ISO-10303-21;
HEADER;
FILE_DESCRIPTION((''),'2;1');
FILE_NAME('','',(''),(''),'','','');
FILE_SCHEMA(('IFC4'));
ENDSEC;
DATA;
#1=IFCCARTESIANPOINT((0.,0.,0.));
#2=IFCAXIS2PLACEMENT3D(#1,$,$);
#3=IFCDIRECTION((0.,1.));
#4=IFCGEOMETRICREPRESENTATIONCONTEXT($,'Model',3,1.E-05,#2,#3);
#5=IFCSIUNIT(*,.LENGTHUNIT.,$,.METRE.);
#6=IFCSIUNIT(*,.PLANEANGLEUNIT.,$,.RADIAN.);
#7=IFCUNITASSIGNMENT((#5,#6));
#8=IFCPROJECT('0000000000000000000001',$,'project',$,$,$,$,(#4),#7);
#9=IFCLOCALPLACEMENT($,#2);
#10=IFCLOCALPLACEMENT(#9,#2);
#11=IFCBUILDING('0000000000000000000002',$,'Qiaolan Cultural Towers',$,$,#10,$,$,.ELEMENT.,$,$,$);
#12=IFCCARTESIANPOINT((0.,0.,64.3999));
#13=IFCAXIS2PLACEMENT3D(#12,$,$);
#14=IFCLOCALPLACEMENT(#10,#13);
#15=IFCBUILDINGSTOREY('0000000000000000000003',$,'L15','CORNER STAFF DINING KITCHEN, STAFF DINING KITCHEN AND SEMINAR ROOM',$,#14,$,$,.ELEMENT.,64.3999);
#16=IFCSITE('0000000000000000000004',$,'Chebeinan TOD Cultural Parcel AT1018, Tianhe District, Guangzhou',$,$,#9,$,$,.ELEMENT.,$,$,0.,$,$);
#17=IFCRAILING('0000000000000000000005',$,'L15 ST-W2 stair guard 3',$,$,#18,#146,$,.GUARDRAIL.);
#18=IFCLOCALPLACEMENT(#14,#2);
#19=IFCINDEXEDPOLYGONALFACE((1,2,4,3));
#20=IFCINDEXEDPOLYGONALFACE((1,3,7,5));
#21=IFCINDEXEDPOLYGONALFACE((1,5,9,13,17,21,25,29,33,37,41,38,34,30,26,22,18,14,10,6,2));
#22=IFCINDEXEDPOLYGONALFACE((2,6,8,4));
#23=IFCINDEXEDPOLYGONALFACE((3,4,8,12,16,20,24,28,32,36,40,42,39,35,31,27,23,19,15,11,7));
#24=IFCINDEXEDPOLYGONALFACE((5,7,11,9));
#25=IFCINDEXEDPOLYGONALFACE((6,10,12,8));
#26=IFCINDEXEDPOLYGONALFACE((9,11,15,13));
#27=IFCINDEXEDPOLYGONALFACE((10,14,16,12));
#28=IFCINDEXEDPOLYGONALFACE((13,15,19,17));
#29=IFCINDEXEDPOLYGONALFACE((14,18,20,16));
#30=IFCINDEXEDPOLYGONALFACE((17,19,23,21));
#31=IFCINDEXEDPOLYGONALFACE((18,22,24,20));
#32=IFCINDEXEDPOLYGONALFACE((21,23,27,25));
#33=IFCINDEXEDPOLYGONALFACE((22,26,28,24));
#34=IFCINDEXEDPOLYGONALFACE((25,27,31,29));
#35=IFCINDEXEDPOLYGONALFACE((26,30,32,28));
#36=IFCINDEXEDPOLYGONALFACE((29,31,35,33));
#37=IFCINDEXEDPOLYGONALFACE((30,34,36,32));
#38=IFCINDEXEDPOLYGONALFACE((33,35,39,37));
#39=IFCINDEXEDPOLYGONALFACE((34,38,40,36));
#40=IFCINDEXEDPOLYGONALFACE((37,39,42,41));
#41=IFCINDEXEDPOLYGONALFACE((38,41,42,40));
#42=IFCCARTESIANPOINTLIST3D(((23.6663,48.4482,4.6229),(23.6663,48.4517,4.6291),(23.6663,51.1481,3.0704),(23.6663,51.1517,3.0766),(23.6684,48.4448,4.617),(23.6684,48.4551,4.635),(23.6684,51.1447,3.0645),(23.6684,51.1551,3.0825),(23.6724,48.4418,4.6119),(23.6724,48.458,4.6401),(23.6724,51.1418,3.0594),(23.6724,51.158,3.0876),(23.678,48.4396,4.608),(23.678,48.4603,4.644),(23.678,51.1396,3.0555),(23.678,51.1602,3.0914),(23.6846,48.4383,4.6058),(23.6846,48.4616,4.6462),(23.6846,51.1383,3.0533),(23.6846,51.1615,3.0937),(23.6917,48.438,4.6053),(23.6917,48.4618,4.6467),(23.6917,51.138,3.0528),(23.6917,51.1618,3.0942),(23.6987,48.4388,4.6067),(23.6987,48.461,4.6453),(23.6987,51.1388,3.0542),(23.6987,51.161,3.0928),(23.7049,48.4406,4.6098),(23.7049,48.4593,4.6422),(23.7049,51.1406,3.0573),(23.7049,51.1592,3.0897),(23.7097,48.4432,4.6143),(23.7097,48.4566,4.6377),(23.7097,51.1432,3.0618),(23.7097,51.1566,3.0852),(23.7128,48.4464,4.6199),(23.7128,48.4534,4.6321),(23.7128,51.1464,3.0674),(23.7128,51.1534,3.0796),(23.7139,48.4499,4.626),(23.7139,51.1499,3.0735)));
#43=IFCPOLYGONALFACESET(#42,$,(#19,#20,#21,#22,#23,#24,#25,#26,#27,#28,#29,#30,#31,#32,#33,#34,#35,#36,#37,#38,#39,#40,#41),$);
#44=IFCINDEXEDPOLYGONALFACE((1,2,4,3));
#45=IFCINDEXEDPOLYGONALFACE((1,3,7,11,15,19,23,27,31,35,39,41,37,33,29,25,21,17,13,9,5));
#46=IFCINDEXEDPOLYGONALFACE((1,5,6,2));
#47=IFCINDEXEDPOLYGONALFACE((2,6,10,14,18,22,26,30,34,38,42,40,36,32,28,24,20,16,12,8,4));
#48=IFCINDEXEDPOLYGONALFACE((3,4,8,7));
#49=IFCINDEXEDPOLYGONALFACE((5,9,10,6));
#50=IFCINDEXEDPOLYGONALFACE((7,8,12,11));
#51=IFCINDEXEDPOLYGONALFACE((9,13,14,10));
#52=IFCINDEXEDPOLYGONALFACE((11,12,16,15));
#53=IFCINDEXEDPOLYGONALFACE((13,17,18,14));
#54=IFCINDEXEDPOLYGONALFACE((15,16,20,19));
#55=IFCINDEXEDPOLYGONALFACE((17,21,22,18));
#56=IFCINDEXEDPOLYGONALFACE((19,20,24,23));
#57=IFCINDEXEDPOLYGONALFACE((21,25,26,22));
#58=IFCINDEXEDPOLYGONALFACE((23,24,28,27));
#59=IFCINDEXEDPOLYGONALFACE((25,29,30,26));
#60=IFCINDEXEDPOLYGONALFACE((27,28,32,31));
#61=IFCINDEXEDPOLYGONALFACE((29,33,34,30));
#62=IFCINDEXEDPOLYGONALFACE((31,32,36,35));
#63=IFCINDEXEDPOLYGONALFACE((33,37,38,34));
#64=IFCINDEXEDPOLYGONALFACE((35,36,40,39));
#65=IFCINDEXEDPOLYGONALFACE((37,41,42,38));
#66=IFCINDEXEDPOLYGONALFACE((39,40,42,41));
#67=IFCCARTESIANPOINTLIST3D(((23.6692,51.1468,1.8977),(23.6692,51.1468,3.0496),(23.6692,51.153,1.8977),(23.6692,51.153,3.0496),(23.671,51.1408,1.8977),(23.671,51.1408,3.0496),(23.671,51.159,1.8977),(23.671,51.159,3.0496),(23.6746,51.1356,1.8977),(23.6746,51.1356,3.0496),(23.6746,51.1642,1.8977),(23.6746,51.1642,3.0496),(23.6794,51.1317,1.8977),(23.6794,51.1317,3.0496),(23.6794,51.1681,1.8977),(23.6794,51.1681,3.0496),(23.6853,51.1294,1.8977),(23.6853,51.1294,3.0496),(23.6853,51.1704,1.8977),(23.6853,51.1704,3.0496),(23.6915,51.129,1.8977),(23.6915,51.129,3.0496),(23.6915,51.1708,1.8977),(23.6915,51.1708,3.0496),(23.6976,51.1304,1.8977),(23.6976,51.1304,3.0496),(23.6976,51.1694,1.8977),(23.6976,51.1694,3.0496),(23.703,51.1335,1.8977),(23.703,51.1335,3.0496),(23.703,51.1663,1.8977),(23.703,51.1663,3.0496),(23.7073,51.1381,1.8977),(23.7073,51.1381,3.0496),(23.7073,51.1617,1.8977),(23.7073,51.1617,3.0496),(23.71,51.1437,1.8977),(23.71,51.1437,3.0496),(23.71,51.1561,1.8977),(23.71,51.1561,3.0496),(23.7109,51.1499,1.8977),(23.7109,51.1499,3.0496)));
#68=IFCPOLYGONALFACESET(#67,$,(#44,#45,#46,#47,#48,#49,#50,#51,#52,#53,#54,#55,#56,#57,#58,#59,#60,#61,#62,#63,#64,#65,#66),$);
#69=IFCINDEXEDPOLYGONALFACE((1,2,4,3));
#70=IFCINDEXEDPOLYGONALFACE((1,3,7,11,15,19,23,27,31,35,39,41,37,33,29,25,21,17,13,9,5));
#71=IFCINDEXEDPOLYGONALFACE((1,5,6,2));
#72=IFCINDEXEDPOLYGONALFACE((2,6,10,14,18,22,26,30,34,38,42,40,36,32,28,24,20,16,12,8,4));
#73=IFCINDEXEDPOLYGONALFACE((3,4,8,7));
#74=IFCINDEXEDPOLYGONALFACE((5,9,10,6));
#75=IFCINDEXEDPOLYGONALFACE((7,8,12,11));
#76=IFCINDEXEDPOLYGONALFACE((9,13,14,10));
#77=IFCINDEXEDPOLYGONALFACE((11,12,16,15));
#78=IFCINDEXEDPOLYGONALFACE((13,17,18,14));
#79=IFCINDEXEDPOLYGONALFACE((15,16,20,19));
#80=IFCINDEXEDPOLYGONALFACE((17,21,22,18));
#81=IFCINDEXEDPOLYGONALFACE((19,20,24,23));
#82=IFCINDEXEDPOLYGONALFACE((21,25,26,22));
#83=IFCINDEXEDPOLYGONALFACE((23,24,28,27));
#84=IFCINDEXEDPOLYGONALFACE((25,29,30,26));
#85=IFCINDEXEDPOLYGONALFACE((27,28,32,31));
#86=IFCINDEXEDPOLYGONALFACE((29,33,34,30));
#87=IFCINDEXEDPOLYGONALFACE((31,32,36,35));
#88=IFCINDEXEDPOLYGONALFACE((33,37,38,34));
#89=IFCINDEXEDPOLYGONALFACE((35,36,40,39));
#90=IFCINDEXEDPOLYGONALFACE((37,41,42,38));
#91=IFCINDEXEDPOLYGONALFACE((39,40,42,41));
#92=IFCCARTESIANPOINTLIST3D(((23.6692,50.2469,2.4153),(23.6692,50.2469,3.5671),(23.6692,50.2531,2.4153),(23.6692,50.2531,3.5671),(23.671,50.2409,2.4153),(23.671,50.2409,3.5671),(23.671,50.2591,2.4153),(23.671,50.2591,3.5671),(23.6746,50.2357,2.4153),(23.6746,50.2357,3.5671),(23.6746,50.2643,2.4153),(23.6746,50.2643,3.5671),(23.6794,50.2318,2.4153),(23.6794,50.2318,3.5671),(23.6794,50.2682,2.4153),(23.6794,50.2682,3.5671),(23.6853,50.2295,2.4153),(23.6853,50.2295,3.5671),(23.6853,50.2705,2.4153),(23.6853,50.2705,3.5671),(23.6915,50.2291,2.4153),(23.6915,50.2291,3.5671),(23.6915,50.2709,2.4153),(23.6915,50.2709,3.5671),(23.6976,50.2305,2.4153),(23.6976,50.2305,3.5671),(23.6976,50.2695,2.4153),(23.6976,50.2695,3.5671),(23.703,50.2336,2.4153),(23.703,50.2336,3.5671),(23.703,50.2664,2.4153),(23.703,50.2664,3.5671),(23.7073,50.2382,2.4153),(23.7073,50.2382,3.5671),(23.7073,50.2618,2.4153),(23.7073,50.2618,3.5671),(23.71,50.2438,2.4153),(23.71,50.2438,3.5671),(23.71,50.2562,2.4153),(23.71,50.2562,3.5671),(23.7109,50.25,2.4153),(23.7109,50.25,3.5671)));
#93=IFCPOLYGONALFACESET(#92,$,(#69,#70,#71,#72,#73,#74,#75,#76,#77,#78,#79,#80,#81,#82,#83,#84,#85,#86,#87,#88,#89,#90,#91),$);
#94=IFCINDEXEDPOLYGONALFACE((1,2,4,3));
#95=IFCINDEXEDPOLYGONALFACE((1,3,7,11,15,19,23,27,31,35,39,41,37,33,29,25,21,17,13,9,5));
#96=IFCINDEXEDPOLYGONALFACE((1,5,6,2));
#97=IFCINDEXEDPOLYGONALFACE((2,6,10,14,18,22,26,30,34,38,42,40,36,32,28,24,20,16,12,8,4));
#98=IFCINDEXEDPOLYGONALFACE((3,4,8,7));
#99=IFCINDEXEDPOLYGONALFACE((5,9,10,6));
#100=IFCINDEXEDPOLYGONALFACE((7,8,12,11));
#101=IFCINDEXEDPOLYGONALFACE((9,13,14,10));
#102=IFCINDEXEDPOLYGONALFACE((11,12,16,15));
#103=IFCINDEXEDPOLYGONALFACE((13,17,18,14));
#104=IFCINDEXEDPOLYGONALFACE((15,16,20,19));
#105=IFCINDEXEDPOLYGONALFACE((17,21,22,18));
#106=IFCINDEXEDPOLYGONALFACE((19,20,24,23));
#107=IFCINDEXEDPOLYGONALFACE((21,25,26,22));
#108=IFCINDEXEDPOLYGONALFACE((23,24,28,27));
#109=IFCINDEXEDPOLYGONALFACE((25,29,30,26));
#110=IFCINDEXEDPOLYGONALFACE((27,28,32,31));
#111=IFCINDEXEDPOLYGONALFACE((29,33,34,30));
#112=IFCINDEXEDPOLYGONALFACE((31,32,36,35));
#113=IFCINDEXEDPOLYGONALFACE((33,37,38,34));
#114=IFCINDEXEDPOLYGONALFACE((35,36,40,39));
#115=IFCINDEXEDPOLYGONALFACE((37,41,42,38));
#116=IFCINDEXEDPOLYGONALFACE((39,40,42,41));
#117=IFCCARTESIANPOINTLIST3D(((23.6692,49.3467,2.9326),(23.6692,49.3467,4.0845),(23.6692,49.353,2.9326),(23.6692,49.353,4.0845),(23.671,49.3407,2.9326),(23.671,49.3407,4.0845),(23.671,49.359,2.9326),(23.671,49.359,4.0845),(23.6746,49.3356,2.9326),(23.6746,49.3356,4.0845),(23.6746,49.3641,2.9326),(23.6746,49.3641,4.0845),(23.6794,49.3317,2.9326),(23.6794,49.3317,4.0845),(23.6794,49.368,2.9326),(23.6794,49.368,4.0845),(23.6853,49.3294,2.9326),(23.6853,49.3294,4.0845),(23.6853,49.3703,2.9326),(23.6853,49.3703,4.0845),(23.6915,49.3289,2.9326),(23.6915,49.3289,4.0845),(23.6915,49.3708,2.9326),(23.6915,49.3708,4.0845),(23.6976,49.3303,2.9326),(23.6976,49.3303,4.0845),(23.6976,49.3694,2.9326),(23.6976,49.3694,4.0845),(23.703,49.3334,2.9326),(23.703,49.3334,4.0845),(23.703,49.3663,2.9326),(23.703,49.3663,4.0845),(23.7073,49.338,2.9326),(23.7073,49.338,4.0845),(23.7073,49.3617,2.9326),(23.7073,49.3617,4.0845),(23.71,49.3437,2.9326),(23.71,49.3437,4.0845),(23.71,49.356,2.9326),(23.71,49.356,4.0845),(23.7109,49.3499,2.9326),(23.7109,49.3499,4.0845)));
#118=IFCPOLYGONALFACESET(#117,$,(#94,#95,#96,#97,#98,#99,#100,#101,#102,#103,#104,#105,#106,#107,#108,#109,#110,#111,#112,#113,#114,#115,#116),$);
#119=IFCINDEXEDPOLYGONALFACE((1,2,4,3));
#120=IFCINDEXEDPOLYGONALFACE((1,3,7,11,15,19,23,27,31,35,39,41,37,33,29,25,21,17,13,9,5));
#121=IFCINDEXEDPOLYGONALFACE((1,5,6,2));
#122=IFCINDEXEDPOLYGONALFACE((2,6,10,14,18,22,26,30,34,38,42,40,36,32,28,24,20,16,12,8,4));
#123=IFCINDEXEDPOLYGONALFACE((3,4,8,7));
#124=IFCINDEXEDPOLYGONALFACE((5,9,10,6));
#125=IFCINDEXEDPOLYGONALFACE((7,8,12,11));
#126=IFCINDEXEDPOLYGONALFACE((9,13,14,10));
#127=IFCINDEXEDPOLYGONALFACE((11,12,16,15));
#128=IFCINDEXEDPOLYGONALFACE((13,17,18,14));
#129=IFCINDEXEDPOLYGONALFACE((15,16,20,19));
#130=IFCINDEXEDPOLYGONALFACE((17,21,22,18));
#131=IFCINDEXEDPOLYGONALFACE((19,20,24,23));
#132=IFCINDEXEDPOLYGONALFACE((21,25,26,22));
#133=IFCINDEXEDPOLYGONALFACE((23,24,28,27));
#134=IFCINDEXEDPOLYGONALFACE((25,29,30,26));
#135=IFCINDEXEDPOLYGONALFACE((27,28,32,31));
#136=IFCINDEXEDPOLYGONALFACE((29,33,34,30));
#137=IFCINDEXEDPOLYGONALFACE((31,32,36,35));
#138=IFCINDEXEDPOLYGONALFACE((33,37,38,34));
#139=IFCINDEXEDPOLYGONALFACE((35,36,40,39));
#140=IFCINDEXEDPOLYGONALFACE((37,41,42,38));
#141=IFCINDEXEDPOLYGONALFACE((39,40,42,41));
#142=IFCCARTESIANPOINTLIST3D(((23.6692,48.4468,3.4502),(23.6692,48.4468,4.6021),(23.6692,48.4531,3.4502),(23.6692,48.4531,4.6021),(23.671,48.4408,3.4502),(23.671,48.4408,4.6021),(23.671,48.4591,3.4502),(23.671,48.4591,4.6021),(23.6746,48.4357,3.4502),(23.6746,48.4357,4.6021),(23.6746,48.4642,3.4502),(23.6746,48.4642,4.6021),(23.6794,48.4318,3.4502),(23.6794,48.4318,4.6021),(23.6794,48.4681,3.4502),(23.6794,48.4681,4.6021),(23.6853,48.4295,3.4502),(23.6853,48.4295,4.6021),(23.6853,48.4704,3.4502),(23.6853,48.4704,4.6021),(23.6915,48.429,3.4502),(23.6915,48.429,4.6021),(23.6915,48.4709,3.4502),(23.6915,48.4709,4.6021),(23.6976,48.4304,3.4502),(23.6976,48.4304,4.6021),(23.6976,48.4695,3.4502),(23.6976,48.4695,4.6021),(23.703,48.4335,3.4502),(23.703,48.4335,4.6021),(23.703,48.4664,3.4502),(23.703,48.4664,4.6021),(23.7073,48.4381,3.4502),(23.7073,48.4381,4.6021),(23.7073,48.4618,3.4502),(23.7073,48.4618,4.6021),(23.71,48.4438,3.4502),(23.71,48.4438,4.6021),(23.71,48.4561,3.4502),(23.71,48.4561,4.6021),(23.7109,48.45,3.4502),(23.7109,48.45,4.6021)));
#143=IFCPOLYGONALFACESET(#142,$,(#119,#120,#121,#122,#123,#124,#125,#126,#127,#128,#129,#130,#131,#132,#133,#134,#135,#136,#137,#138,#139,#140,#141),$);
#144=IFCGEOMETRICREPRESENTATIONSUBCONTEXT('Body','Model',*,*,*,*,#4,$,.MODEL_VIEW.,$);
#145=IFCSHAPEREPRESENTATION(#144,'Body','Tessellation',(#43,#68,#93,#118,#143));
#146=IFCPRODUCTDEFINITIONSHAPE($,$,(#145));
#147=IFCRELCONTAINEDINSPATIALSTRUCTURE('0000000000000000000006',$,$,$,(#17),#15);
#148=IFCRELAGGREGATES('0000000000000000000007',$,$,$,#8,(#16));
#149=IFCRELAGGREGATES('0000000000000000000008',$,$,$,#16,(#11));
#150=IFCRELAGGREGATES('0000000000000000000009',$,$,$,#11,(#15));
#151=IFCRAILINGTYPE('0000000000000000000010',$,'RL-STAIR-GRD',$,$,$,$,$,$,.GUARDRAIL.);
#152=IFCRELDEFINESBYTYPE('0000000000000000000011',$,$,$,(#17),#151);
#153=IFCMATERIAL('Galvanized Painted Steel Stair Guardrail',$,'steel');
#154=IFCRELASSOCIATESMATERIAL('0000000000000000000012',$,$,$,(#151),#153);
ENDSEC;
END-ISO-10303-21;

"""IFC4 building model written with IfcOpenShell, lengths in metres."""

from ifc_helpers import new_model, si_unit, direction, frame, origin, origin_2d, place, context, subcontext, project, spatial, circle, extrude, material, type_object, element, save


model = new_model("IFC4")

# Units and contexts
model_context = context("Model", 3, precision=1e-05, world=origin(), true_north=direction((0.0, 1.0)))
body_context = subcontext(model_context, "Body", "Model", "MODEL_VIEW")
ifc_project = project(units=[si_unit("LENGTHUNIT", "METRE"), si_unit("PLANEANGLEUNIT", "RADIAN")], contexts=[model_context])

# Site, building, storey
site_placement = place(None, origin())
site = spatial("IfcSite", under=ifc_project, at=site_placement, Name="Chebeinan TOD Cultural Parcel AT1018, Tianhe District, Guangzhou", CompositionType="ELEMENT", RefElevation=0.0)
building_placement = place(site_placement, origin())
building = spatial("IfcBuilding", under=site, at=building_placement, Name="Qiaolan Cultural Towers", CompositionType="ELEMENT")
storey_placement = place(building_placement, frame((0.0, 0.0, 64.3999)))
storey = spatial("IfcBuildingStorey", under=building, at=storey_placement, Name="L15", Description="CORNER STAFF DINING KITCHEN, STAFF DINING KITCHEN AND SEMINAR ROOM", CompositionType="ELEMENT", Elevation=64.3999)

# Railing
ifc_material_1 = material(Name="Galvanized Painted Steel Stair Guardrail", Category="steel")
railing_type_1 = type_object("IfcRailingType", Name="RL-STAIR-GRD", PredefinedType="GUARDRAIL", material=ifc_material_1)
railing_1_placement = place(storey_placement, frame((23.6899, 51.1499, 1.8977)))
element("IfcRailing", 1, at=railing_1_placement, inside=storey, type_object=railing_type_1, Name="L15 ST-W2 stair guard 3", PredefinedType="GUARDRAIL", context=body_context, shape_type="SweptSolid", body=[
    extrude(circle(Radius=0.0239, at=origin_2d()), frame((0.0, 0.0, 1.1758), z_axis=(0.0, -0.866904, 0.498476), x_axis=(1.0, 0.0, 0.0)), (0.0, 0.0, 1.0), 3.1145),
    extrude(circle(Radius=0.021, at=origin_2d()), origin(), (0.0, 0.0, 1.0), 1.1519),
    extrude(circle(Radius=0.021, at=origin_2d()), frame((0.0, -0.8999, 0.5176)), (0.0, 0.0, 1.0), 1.1519),
    extrude(circle(Radius=0.021, at=origin_2d()), frame((0.0, -1.8, 1.0349)), (0.0, 0.0, 1.0), 1.1519),
    extrude(circle(Radius=0.021, at=origin_2d()), frame((0.0, -2.7, 1.5525)), (0.0, 0.0, 1.0), 1.1519),
])

save(model, "model.ifc")
